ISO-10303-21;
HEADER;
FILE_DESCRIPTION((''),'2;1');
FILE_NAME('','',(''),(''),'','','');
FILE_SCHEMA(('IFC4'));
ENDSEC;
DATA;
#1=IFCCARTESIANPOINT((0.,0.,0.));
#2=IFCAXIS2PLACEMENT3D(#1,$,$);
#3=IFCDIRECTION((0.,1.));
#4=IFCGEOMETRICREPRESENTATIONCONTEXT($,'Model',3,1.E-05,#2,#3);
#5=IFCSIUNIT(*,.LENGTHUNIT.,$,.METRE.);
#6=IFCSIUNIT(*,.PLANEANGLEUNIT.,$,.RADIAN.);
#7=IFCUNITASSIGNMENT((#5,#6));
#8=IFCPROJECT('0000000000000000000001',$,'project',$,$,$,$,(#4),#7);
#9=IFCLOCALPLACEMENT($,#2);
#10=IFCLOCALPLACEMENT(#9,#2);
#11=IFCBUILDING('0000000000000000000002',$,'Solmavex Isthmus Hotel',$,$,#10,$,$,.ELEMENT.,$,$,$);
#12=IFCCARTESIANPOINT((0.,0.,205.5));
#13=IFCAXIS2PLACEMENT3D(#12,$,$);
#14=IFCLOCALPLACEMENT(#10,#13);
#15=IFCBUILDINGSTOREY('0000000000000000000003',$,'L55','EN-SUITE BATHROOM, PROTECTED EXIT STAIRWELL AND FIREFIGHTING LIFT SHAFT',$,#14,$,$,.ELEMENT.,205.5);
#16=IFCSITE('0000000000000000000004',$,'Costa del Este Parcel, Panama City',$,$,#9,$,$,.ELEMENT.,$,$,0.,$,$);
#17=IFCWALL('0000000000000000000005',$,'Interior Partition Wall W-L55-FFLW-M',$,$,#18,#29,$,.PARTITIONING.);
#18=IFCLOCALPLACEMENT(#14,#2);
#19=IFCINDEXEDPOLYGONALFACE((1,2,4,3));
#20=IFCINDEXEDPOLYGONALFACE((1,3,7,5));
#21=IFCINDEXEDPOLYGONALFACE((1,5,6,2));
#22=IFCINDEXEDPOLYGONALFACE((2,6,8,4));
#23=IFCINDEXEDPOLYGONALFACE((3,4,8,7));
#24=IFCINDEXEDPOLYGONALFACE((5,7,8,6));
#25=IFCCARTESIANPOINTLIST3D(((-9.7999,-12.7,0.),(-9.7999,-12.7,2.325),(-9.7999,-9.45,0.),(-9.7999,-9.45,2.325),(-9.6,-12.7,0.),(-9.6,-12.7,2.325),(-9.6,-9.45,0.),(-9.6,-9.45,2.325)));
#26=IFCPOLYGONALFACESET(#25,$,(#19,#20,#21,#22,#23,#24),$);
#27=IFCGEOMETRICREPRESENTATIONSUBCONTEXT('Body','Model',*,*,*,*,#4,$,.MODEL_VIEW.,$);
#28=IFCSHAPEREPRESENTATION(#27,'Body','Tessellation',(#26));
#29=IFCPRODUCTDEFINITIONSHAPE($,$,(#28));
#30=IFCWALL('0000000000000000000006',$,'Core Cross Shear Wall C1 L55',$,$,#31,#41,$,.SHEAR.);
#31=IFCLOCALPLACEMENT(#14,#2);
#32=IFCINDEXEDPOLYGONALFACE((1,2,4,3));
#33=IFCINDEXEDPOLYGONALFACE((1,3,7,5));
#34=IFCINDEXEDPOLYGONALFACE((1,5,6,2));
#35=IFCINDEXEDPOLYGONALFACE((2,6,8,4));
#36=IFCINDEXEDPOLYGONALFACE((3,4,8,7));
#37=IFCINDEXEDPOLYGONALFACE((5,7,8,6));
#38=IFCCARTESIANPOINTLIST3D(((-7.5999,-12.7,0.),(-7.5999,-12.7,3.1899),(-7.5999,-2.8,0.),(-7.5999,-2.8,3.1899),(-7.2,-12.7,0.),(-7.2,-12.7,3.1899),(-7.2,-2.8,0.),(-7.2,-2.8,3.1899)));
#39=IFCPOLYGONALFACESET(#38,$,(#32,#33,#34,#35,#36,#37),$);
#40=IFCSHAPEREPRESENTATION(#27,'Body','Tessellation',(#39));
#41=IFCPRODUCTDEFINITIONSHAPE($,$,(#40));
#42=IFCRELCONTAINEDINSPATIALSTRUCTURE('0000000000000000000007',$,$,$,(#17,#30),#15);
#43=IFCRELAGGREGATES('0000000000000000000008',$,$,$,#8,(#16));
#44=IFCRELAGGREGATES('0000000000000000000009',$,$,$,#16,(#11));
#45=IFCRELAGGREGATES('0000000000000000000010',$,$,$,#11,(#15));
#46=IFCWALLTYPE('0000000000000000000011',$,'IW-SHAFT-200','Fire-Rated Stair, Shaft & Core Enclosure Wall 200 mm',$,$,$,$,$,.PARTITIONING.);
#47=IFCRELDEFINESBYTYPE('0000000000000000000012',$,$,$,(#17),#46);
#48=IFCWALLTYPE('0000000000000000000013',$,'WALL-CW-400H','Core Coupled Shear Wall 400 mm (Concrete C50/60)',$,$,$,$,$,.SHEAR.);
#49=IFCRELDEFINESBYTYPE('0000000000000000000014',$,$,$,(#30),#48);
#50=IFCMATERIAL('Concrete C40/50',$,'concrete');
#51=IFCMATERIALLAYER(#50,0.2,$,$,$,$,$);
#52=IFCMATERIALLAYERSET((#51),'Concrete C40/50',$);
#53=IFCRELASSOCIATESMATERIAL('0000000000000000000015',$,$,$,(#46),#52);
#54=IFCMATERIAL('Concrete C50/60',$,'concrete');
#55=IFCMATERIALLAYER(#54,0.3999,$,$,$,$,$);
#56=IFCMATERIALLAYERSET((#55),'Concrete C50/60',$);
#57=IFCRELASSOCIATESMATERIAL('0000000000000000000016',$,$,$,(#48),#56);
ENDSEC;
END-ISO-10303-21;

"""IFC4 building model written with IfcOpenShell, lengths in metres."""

from ifc_helpers import new_model, si_unit, direction, frame, frame_2d, origin, place, context, subcontext, project, spatial, rectangle, extrude, material, layer, layer_set, type_object, element, save


model = new_model("IFC4")

# Units and contexts
model_context = context("Model", 3, precision=1e-05, world=origin(), true_north=direction((0.0, 1.0)))
body_context = subcontext(model_context, "Body", "Model", "MODEL_VIEW")
ifc_project = project(units=[si_unit("LENGTHUNIT", "METRE"), si_unit("PLANEANGLEUNIT", "RADIAN")], contexts=[model_context])

# Site, building, storey
site_placement = place(None, origin())
site = spatial("IfcSite", under=ifc_project, at=site_placement, Name="Costa del Este Parcel, Panama City", CompositionType="ELEMENT", RefElevation=0.0)
building_placement = place(site_placement, origin())
building = spatial("IfcBuilding", under=site, at=building_placement, Name="Solmavex Isthmus Hotel", CompositionType="ELEMENT")
storey_placement = place(building_placement, frame((0.0, 0.0, 205.5)))
storey = spatial("IfcBuildingStorey", under=building, at=storey_placement, Name="L55", Description="EN-SUITE BATHROOM, PROTECTED EXIT STAIRWELL AND FIREFIGHTING LIFT SHAFT", CompositionType="ELEMENT", Elevation=205.5)

# Shared definitions
ifc_material_1 = material(Name="Concrete C50/60", Category="concrete")

# Walls
ifc_material_2 = material(Name="Concrete C40/50", Category="concrete")
ifc_layer_1 = layer(ifc_material_2, 0.2)
ifc_layer_set_1 = layer_set([ifc_layer_1], Name="Concrete C40/50")
wall_type_1 = type_object("IfcWallType", Name="IW-SHAFT-200", Description="Fire-Rated Stair, Shaft & Core Enclosure Wall 200 mm", PredefinedType="PARTITIONING", material=ifc_layer_set_1)
wall_1_placement = place(storey_placement, frame((-9.7, -12.7, 0.0), z_axis=(0.0, 0.0, 1.0), x_axis=(0.0, 1.0, 0.0)))
element("IfcWall", 1, at=wall_1_placement, inside=storey, type_object=wall_type_1, Name="Interior Partition Wall W-L55-FFLW-M", PredefinedType="PARTITIONING", context=body_context, shape_type="SweptSolid", body=[
    extrude(rectangle(XDim=3.25, YDim=0.2, at=frame_2d((1.625, 0.0))), origin(), (0.0, 0.0, 1.0), 2.325),
])
ifc_layer_2 = layer(ifc_material_1, 0.3999)
ifc_layer_set_2 = layer_set([ifc_layer_2], Name="Concrete C50/60")
wall_type_2 = type_object("IfcWallType", Name="WALL-CW-400H", Description="Core Coupled Shear Wall 400 mm (Concrete C50/60)", PredefinedType="SHEAR", material=ifc_layer_set_2)
wall_2_placement = place(storey_placement, frame((-7.3999, -12.7, 0.0), z_axis=(0.0, 0.0, 1.0), x_axis=(0.0, 1.0, 0.0)))
element("IfcWall", 2, at=wall_2_placement, inside=storey, type_object=wall_type_2, Name="Core Cross Shear Wall C1 L55", PredefinedType="SHEAR", context=body_context, shape_type="SweptSolid", body=[
    extrude(rectangle(XDim=9.8999, YDim=0.3999, at=frame_2d((4.95, 0.0))), origin(), (0.0, 0.0, 1.0), 3.1899),
])

save(model, "model.ifc")
